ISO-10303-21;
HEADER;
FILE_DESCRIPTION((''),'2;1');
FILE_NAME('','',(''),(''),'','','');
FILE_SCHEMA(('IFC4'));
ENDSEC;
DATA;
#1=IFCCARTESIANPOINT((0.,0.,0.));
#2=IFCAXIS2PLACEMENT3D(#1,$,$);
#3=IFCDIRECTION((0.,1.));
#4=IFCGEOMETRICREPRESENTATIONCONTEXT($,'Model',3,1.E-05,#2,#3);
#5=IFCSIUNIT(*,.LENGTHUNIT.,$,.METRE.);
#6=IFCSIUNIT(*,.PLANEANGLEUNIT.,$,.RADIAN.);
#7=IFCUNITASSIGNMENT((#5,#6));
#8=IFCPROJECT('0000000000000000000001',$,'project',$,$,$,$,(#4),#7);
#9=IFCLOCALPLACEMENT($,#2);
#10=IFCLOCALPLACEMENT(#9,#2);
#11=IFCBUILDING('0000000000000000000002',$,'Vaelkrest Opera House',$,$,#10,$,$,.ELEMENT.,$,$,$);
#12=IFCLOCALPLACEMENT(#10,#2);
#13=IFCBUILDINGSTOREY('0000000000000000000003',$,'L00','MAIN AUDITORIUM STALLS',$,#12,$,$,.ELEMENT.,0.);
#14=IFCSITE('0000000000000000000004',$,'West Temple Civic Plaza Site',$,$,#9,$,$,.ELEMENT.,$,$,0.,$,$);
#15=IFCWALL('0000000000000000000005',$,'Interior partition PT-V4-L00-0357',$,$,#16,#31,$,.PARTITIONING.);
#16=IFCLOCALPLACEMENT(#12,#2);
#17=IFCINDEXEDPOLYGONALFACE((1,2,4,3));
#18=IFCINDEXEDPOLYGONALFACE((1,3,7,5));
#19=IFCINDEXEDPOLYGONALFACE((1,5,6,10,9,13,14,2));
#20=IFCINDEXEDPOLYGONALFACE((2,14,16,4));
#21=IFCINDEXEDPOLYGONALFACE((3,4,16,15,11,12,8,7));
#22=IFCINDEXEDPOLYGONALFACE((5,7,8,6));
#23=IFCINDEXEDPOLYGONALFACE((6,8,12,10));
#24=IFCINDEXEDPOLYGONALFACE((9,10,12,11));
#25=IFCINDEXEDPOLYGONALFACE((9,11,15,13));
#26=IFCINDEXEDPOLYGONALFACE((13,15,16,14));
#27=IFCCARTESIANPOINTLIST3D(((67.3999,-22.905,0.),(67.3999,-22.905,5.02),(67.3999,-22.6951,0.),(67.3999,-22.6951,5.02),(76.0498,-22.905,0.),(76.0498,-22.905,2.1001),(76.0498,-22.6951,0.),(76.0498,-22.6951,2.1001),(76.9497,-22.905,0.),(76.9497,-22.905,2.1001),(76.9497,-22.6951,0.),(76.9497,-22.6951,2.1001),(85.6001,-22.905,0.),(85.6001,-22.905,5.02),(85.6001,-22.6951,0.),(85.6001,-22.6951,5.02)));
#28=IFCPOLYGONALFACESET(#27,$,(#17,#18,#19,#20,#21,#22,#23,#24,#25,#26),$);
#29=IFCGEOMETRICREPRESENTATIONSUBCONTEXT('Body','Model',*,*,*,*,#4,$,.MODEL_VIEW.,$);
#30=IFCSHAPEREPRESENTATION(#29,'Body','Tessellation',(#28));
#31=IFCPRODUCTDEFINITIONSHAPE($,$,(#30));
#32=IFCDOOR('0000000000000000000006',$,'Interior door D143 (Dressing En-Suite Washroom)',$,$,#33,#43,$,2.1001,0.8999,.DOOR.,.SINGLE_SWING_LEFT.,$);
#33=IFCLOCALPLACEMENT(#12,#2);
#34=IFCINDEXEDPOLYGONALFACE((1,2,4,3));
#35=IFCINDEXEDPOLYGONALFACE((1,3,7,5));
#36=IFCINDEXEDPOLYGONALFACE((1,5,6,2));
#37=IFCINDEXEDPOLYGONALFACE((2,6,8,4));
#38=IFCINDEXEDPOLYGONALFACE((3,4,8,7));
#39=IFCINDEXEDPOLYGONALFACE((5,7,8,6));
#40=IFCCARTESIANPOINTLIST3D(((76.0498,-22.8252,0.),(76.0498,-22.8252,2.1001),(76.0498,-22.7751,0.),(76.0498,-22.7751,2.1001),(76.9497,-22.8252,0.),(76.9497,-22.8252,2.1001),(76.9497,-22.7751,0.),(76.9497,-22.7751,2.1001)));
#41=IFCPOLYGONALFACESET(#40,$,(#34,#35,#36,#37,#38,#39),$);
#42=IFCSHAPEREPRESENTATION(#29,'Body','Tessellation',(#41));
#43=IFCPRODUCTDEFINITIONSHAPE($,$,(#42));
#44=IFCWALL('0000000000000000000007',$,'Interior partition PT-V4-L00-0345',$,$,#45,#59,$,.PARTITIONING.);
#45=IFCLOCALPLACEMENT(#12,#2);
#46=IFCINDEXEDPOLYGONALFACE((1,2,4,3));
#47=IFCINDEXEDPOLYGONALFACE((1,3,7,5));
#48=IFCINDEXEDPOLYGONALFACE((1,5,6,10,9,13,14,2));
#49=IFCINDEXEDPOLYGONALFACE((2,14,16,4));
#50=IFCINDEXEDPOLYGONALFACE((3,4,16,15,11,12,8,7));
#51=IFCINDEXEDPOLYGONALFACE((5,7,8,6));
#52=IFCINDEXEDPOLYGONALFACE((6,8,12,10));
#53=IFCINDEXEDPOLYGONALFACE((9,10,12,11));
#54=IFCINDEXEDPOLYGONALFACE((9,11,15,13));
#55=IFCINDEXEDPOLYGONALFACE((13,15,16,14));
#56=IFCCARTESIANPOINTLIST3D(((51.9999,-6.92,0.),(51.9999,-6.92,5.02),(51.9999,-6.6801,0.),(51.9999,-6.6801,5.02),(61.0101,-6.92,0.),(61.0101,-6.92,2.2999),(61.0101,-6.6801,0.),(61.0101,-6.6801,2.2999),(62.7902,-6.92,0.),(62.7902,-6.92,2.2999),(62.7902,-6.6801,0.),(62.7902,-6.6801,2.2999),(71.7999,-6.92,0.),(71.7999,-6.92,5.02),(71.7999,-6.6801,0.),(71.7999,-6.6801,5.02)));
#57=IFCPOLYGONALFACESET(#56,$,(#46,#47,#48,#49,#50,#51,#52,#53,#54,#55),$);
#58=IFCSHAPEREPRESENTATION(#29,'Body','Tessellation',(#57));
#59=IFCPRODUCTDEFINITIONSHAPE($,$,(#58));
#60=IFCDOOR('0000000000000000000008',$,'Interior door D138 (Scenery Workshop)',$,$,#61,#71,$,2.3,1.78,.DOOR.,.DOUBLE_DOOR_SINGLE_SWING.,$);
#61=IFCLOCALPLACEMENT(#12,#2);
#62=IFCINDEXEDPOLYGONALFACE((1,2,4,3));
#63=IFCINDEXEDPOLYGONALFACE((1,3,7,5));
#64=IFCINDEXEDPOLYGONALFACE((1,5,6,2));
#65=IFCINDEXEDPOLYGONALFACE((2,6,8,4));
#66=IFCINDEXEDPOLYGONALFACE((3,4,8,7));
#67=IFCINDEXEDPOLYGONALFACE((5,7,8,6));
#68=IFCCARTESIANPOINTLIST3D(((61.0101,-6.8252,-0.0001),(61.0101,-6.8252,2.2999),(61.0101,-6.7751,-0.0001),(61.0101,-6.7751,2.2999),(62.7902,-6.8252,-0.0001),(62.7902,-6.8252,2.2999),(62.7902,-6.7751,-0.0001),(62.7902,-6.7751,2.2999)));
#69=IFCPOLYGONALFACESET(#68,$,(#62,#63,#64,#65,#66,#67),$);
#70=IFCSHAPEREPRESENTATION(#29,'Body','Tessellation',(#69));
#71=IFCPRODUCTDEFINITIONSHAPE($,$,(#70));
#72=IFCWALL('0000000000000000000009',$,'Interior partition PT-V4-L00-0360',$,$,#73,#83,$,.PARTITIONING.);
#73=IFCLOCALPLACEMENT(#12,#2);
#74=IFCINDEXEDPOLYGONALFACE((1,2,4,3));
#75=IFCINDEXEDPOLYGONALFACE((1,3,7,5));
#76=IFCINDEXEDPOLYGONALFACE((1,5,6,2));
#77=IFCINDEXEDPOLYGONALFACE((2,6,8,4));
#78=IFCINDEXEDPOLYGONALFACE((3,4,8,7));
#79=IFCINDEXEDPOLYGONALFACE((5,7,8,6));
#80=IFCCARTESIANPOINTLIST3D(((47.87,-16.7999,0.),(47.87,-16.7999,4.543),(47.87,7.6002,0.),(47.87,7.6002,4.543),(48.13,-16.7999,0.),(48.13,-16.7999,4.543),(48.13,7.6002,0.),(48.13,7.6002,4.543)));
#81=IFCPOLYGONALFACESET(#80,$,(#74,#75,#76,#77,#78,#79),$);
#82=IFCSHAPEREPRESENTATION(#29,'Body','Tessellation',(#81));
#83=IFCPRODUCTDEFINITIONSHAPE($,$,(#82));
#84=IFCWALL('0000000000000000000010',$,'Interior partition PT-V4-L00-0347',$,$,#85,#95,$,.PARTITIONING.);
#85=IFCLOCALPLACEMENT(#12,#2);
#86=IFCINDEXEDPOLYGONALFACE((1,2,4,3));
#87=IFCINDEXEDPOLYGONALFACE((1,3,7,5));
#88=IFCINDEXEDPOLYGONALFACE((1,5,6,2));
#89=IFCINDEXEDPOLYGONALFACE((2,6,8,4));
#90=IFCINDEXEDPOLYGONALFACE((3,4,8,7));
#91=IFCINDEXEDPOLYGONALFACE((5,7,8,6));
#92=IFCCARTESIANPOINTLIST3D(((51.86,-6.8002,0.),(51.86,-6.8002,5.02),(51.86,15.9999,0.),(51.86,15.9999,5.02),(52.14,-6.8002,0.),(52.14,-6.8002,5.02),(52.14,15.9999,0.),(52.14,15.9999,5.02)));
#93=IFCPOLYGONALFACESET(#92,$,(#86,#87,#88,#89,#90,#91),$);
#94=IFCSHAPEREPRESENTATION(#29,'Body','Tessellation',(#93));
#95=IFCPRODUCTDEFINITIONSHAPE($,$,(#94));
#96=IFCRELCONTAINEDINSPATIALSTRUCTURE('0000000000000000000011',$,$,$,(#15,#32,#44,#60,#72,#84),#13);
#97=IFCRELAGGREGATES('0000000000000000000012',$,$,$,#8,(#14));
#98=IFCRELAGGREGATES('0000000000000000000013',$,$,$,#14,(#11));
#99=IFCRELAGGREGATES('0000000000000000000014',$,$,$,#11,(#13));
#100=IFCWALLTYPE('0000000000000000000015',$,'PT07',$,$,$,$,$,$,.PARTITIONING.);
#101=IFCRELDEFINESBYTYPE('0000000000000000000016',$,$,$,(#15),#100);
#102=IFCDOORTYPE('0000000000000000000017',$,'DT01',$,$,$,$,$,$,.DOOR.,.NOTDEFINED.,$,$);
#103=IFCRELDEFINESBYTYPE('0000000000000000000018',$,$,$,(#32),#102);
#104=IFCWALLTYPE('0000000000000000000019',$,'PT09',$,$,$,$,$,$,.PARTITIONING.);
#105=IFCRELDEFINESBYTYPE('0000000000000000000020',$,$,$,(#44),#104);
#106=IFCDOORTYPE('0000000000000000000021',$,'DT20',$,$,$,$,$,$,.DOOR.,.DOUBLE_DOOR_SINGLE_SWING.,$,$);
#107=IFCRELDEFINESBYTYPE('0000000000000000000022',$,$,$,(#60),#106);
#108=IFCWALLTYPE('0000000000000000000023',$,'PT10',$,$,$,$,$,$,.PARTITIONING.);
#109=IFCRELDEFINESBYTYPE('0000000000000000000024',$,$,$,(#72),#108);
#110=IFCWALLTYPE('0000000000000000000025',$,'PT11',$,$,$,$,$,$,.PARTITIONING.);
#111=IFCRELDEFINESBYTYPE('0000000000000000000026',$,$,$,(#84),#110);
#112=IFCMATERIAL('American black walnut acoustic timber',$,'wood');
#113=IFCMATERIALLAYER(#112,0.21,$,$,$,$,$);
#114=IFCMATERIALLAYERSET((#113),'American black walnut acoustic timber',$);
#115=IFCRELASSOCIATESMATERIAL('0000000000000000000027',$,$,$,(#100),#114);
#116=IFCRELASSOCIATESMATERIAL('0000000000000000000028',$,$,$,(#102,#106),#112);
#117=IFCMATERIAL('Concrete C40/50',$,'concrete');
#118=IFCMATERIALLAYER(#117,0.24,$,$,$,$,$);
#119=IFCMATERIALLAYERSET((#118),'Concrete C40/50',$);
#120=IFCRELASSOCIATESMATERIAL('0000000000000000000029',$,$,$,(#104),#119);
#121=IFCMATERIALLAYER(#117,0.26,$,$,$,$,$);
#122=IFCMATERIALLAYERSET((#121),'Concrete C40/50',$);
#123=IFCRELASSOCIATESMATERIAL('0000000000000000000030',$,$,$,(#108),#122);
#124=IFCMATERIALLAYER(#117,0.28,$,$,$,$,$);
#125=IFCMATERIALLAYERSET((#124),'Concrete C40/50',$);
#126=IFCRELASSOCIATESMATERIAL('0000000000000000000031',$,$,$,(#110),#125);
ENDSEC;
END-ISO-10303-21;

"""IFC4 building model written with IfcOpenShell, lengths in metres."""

from ifc_helpers import new_model, si_unit, direction, frame, frame_2d, origin, place, context, subcontext, project, spatial, rectangle, extrude, material, layer, layer_set, type_object, element, fill, save


model = new_model("IFC4")

# Units and contexts
model_context = context("Model", 3, precision=1e-05, world=origin(), true_north=direction((0.0, 1.0)))
body_context = subcontext(model_context, "Body", "Model", "MODEL_VIEW")
ifc_project = project(units=[si_unit("LENGTHUNIT", "METRE"), si_unit("PLANEANGLEUNIT", "RADIAN")], contexts=[model_context])

# Site, building, storey
site_placement = place(None, origin())
site = spatial("IfcSite", under=ifc_project, at=site_placement, Name="West Temple Civic Plaza Site", CompositionType="ELEMENT", RefElevation=0.0)
building_placement = place(site_placement, origin())
building = spatial("IfcBuilding", under=site, at=building_placement, Name="Vaelkrest Opera House", CompositionType="ELEMENT")
storey_placement = place(building_placement, origin())
storey = spatial("IfcBuildingStorey", under=building, at=storey_placement, Name="L00", Description="MAIN AUDITORIUM STALLS", CompositionType="ELEMENT", Elevation=0.0)

# Walls, openings, doors
ifc_material_1 = material(Name="American black walnut acoustic timber", Category="wood")
ifc_layer_1 = layer(ifc_material_1, 0.21)
ifc_layer_set_1 = layer_set([ifc_layer_1], Name="American black walnut acoustic timber")
wall_type_1 = type_object("IfcWallType", Name="PT07", PredefinedType="PARTITIONING", material=ifc_layer_set_1)
wall_1_placement = place(storey_placement, frame((67.3999, -22.8, 0.0), z_axis=(0.0, 0.0, 1.0), x_axis=(1.0, 0.0, 0.0)))
wall_1 = element("IfcWall", 1, at=wall_1_placement, inside=storey, type_object=wall_type_1, Name="Interior partition PT-V4-L00-0357", PredefinedType="PARTITIONING", context=body_context, shape_type="SweptSolid", body=[
    extrude(rectangle(XDim=18.2002, YDim=0.21, at=frame_2d((9.1001, 0.0))), origin(), (0.0, 0.0, 1.0), 5.02),
])
opening_1_placement = place(wall_1_placement, frame((8.6499, 0.0, 0.0)))
opening_1 = element("IfcOpeningElement", 2, at=opening_1_placement, cuts=wall_1, PredefinedType="OPENING", context=body_context, shape_type="SweptSolid", body=[
    extrude(rectangle(XDim=0.8999, YDim=2.1001, at=frame_2d((0.45, 1.05))), frame((0.0, 0.115, 0.0), z_axis=(0.0, -1.0, 0.0), x_axis=(1.0, 0.0, 0.0)), (0.0, 0.0, 1.0), 0.23),
])
door_type_1 = type_object("IfcDoorType", Name="DT01", OperationType="NOTDEFINED", PredefinedType="DOOR", material=ifc_material_1)
door_1_placement = place(opening_1_placement, origin())
door_1 = element("IfcDoor", 3, at=door_1_placement, inside=storey, type_object=door_type_1, Name="Interior door D143 (Dressing En-Suite Washroom)", OperationType="SINGLE_SWING_LEFT", OverallHeight=2.1001, OverallWidth=0.8999, PredefinedType="DOOR", context=body_context, shape_type="SweptSolid", body=[
    extrude(rectangle(XDim=0.8999, YDim=2.1001, at=frame_2d((0.45, 1.05))), frame((0.0, 0.0249, 0.0), z_axis=(0.0, -1.0, 0.0), x_axis=(1.0, 0.0, 0.0)), (0.0, 0.0, 1.0), 0.05),
])
fill(opening_1, door_1)
ifc_material_2 = material(Name="Concrete C40/50", Category="concrete")
ifc_layer_2 = layer(ifc_material_2, 0.24)
ifc_layer_set_2 = layer_set([ifc_layer_2], Name="Concrete C40/50")
wall_type_2 = type_object("IfcWallType", Name="PT09", PredefinedType="PARTITIONING", material=ifc_layer_set_2)
wall_2_placement = place(storey_placement, frame((52.0, -6.8, 0.0), z_axis=(0.0, 0.0, 1.0), x_axis=(1.0, 0.0, 0.0)))
wall_2 = element("IfcWall", 4, at=wall_2_placement, inside=storey, type_object=wall_type_2, Name="Interior partition PT-V4-L00-0345", PredefinedType="PARTITIONING", context=body_context, shape_type="SweptSolid", body=[
    extrude(rectangle(XDim=19.8, YDim=0.24, at=frame_2d((9.8999, 0.0))), origin(), (0.0, 0.0, 1.0), 5.02),
])
opening_2_placement = place(wall_2_placement, frame((9.01, 0.0, 0.0)))
opening_2 = element("IfcOpeningElement", 5, at=opening_2_placement, cuts=wall_2, PredefinedType="OPENING", context=body_context, shape_type="SweptSolid", body=[
    extrude(rectangle(XDim=1.78, YDim=2.3, at=frame_2d((0.8901, 1.1499))), frame((0.0, 0.1299, 0.0), z_axis=(0.0, -1.0, 0.0), x_axis=(1.0, 0.0, 0.0)), (0.0, 0.0, 1.0), 0.26),
])
door_type_2 = type_object("IfcDoorType", Name="DT20", OperationType="DOUBLE_DOOR_SINGLE_SWING", PredefinedType="DOOR", material=ifc_material_1)
door_2_placement = place(opening_2_placement, origin())
door_2 = element("IfcDoor", 6, at=door_2_placement, inside=storey, type_object=door_type_2, Name="Interior door D138 (Scenery Workshop)", OperationType="DOUBLE_DOOR_SINGLE_SWING", OverallHeight=2.3, OverallWidth=1.78, PredefinedType="DOOR", context=body_context, shape_type="SweptSolid", body=[
    extrude(rectangle(XDim=1.78, YDim=2.3, at=frame_2d((0.8901, 1.1499))), frame((0.0, 0.0249, 0.0), z_axis=(0.0, -1.0, 0.0), x_axis=(1.0, 0.0, 0.0)), (0.0, 0.0, 1.0), 0.05),
])
fill(opening_2, door_2)

# Walls
ifc_layer_3 = layer(ifc_material_2, 0.26)
ifc_layer_set_3 = layer_set([ifc_layer_3], Name="Concrete C40/50")
wall_type_3 = type_object("IfcWallType", Name="PT10", PredefinedType="PARTITIONING", material=ifc_layer_set_3)
wall_3_placement = place(storey_placement, frame((48.0, -16.8, 0.0), z_axis=(0.0, 0.0, 1.0), x_axis=(0.0, 1.0, 0.0)))
element("IfcWall", 7, at=wall_3_placement, inside=storey, type_object=wall_type_3, Name="Interior partition PT-V4-L00-0360", PredefinedType="PARTITIONING", context=body_context, shape_type="SweptSolid", body=[
    extrude(rectangle(XDim=24.4001, YDim=0.26, at=frame_2d((12.2002, 0.0))), origin(), (0.0, 0.0, 1.0), 4.543),
])
ifc_layer_4 = layer(ifc_material_2, 0.28)
ifc_layer_set_4 = layer_set([ifc_layer_4], Name="Concrete C40/50")
wall_type_4 = type_object("IfcWallType", Name="PT11", PredefinedType="PARTITIONING", material=ifc_layer_set_4)
wall_4_placement = place(storey_placement, frame((52.0, -6.8, 0.0), z_axis=(0.0, 0.0, 1.0), x_axis=(0.0, 1.0, 0.0)))
element("IfcWall", 8, at=wall_4_placement, inside=storey, type_object=wall_type_4, Name="Interior partition PT-V4-L00-0347", PredefinedType="PARTITIONING", context=body_context, shape_type="SweptSolid", body=[
    extrude(rectangle(XDim=22.8, YDim=0.28, at=frame_2d((11.3999, 0.0))), origin(), (0.0, 0.0, 1.0), 5.02),
])

save(model, "model.ifc")
